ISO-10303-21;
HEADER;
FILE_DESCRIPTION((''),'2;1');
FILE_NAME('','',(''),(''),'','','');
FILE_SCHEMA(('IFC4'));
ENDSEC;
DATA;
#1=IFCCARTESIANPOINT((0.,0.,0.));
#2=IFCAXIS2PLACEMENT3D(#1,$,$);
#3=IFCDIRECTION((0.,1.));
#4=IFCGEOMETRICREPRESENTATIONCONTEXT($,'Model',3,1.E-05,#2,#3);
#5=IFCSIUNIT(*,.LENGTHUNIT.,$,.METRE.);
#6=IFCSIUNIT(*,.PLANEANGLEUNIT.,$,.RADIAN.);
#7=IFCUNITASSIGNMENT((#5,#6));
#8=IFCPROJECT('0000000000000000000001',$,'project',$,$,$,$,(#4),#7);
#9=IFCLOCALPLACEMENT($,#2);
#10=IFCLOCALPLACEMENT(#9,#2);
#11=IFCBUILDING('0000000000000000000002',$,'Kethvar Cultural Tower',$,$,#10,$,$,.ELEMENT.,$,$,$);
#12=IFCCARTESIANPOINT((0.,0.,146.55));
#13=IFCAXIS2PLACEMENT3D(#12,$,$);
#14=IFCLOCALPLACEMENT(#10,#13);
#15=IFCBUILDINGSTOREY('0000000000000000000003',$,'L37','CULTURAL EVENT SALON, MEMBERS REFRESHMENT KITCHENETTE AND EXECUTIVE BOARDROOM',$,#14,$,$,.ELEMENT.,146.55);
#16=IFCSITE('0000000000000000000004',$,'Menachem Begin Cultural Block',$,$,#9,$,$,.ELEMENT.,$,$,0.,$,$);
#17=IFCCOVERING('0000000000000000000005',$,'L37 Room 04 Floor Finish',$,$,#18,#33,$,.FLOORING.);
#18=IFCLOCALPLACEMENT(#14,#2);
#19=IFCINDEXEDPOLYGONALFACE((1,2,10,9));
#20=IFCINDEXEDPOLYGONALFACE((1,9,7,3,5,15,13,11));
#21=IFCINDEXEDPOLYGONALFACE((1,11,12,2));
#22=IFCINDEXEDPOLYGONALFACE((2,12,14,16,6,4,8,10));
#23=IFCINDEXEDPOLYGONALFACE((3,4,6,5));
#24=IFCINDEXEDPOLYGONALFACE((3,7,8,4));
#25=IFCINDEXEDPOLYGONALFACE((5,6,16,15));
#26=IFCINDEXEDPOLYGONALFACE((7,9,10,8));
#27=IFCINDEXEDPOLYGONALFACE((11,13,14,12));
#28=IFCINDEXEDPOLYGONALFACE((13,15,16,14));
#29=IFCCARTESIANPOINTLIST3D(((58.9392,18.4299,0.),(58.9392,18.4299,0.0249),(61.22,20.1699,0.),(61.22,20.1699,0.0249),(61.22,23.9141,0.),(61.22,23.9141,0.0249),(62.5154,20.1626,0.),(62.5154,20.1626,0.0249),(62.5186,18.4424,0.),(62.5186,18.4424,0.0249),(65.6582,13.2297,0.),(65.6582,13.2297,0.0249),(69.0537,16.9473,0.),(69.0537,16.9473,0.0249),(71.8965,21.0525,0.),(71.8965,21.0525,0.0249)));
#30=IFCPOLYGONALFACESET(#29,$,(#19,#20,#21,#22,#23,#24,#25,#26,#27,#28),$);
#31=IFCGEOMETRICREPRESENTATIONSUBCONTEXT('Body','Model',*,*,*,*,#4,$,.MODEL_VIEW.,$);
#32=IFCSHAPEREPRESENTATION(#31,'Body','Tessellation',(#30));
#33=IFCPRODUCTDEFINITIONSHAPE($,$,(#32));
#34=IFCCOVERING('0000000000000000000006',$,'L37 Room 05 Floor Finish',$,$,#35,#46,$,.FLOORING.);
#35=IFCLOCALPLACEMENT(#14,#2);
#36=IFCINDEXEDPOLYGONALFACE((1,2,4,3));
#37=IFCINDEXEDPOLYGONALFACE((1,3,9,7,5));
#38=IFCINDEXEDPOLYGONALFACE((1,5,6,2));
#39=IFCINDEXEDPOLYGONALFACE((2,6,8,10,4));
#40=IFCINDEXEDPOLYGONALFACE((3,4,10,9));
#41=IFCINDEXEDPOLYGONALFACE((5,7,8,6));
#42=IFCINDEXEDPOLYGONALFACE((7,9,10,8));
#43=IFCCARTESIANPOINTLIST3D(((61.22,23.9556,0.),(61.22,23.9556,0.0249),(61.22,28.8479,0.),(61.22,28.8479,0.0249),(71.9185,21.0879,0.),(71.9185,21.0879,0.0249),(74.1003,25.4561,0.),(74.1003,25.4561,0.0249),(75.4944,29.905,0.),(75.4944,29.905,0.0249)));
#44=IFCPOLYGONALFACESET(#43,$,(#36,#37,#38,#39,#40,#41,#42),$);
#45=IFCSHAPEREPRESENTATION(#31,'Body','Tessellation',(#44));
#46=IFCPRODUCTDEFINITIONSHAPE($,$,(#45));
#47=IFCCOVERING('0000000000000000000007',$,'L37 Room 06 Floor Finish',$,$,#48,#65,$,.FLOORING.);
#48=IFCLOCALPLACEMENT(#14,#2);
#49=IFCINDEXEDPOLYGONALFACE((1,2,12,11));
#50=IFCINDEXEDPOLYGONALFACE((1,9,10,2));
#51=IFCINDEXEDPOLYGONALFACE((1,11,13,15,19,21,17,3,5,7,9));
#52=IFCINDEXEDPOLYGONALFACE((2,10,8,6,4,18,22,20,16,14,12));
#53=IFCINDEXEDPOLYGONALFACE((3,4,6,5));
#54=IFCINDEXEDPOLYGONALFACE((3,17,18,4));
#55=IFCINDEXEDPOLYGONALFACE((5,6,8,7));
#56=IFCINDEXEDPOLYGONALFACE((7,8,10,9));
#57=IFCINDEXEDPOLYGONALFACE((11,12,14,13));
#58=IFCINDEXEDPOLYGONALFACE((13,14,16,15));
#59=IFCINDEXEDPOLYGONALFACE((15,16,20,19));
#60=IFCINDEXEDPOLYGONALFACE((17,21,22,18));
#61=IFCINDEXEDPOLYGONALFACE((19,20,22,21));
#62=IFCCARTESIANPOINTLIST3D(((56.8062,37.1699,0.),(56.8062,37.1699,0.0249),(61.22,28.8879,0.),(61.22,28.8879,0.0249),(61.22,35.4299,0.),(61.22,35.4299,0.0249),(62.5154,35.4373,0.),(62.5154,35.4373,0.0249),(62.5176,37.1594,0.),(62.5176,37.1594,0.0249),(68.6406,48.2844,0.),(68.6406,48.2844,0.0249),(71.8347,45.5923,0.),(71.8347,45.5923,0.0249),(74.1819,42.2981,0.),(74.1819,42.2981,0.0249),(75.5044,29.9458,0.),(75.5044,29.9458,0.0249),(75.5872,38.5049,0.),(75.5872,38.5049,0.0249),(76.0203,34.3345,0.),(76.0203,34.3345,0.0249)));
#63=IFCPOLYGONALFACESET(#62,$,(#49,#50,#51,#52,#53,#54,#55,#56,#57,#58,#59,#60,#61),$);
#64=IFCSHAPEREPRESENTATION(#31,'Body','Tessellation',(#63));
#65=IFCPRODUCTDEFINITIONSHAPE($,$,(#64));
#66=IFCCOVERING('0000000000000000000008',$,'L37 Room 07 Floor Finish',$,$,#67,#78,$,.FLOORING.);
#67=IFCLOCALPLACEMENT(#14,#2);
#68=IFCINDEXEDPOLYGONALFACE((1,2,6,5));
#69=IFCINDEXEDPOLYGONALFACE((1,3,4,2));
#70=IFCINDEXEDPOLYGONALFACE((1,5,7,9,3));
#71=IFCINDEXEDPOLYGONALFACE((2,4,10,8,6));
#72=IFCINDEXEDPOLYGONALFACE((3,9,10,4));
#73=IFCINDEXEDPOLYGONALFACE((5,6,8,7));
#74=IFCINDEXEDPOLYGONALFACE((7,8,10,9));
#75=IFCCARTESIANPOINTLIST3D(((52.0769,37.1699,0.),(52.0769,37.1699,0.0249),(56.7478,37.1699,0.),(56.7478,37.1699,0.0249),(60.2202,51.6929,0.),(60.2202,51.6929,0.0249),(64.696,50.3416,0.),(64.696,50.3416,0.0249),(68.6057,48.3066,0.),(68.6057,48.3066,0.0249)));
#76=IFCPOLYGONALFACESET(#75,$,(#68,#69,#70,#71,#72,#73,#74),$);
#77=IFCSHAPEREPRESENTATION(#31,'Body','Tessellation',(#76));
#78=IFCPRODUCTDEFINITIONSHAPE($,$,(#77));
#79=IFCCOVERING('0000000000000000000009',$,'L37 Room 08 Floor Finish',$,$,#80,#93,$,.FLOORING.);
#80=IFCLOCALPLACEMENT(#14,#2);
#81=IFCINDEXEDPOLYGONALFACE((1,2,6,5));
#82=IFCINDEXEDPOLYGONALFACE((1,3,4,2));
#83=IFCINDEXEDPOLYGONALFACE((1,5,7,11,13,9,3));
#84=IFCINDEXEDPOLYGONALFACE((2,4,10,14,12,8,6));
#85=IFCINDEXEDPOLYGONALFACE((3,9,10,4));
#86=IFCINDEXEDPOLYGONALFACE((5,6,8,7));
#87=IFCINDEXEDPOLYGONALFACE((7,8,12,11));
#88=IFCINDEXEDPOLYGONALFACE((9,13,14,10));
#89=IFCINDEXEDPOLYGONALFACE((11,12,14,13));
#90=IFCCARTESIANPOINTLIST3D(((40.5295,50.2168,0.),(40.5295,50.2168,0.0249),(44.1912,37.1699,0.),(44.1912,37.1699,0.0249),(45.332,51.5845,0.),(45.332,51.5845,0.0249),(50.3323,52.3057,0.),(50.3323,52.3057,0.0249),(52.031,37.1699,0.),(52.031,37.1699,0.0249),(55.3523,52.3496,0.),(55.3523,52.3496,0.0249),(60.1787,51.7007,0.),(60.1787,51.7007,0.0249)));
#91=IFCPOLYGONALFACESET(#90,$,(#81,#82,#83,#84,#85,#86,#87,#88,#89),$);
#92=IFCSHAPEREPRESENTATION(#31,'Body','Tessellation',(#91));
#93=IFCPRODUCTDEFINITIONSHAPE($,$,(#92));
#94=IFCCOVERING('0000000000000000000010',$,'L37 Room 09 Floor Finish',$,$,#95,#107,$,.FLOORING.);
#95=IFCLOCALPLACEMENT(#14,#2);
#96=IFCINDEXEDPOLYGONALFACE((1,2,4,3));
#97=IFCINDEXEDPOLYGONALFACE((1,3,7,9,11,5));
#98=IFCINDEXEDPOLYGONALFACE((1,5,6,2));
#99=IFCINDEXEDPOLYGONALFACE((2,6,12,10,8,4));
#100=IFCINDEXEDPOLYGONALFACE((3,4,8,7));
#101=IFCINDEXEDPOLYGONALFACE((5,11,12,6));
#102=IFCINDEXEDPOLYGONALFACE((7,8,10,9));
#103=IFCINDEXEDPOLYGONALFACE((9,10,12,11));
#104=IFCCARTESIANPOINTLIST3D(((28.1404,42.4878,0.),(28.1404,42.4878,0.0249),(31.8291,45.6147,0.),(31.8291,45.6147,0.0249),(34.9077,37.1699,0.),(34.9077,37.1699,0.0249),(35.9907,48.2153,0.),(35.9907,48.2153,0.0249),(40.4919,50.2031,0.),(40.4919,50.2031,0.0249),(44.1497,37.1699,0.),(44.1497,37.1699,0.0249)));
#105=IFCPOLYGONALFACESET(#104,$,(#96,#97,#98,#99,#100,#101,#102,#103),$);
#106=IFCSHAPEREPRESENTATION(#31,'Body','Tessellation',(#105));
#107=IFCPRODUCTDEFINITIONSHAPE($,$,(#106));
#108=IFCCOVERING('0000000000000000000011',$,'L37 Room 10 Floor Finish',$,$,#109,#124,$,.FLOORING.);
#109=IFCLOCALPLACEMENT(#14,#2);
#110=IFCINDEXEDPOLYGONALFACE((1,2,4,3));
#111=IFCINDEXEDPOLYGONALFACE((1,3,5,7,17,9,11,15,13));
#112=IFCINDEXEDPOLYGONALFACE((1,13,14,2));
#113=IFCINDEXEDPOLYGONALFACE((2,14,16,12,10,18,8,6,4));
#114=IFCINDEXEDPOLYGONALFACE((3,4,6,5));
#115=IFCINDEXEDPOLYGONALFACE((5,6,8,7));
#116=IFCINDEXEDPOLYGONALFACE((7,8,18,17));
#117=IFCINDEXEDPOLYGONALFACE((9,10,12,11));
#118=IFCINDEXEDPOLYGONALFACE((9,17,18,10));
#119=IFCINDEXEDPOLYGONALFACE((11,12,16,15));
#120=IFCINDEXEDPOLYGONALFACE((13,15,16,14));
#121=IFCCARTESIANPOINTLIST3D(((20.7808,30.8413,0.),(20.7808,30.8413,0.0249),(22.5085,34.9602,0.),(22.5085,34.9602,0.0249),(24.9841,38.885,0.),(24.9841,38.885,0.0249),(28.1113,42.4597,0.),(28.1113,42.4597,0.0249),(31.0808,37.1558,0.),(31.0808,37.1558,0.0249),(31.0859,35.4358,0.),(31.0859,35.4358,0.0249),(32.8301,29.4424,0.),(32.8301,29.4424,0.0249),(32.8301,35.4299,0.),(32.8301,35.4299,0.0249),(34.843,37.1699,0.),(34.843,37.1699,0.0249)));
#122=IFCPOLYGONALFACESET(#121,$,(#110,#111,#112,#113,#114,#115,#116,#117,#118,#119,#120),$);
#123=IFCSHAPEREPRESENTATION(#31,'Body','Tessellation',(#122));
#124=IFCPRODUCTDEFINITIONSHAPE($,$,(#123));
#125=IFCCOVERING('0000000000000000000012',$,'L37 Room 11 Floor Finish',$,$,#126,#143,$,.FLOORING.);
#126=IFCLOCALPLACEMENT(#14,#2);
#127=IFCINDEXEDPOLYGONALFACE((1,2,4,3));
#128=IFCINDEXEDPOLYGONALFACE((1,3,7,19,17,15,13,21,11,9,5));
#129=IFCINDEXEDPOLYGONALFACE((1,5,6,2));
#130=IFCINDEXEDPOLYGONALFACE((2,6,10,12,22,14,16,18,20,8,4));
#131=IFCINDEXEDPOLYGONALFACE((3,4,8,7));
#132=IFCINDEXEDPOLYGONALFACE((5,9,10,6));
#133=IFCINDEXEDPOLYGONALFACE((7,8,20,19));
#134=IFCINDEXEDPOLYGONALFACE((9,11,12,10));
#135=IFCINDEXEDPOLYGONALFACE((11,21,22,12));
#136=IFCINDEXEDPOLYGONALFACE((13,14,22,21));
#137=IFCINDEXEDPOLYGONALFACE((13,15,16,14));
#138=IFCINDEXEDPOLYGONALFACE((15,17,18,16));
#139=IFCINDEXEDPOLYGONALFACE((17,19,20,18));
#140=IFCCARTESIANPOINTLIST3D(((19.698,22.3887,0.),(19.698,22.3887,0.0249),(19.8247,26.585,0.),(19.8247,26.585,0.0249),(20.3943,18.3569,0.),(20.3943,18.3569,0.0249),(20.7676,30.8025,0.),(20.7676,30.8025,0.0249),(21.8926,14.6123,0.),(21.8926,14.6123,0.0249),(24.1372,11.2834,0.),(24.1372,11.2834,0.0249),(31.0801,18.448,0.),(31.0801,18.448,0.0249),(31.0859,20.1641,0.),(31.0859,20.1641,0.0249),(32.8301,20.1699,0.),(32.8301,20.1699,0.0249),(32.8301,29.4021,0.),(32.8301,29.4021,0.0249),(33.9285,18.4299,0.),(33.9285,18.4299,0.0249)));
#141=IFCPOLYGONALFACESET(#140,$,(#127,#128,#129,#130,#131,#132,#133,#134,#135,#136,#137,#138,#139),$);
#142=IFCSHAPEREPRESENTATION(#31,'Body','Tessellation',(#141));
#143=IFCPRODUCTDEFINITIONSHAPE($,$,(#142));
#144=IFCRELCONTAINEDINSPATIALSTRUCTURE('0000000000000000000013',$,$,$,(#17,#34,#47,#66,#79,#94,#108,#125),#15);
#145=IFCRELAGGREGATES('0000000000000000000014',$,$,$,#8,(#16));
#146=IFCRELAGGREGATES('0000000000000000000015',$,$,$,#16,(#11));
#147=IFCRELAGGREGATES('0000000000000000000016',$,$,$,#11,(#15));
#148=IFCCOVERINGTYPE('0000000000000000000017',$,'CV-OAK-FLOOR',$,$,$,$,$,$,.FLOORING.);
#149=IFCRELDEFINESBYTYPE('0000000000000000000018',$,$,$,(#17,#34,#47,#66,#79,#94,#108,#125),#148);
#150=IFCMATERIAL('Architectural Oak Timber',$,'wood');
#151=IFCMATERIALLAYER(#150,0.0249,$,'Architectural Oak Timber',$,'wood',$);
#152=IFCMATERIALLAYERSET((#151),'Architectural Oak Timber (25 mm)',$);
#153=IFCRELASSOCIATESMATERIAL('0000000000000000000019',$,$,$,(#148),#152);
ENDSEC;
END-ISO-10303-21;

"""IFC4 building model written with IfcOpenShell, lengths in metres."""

from ifc_helpers import new_model, si_unit, direction, frame, origin, place, context, subcontext, project, spatial, polyline, outline, extrude, material, layer, layer_set, type_object, element, save


model = new_model("IFC4")

# Units and contexts
model_context = context("Model", 3, precision=1e-05, world=origin(), true_north=direction((0.0, 1.0)))
body_context = subcontext(model_context, "Body", "Model", "MODEL_VIEW")
ifc_project = project(units=[si_unit("LENGTHUNIT", "METRE"), si_unit("PLANEANGLEUNIT", "RADIAN")], contexts=[model_context])

# Site, building, storey
site_placement = place(None, origin())
site = spatial("IfcSite", under=ifc_project, at=site_placement, Name="Menachem Begin Cultural Block", CompositionType="ELEMENT", RefElevation=0.0)
building_placement = place(site_placement, origin())
building = spatial("IfcBuilding", under=site, at=building_placement, Name="Kethvar Cultural Tower", CompositionType="ELEMENT")
storey_placement = place(building_placement, frame((0.0, 0.0, 146.55)))
storey = spatial("IfcBuildingStorey", under=building, at=storey_placement, Name="L37", Description="CULTURAL EVENT SALON, MEMBERS REFRESHMENT KITCHENETTE AND EXECUTIVE BOARDROOM", CompositionType="ELEMENT", Elevation=146.55)

# Coverings
ifc_material_1 = material(Name="Architectural Oak Timber", Category="wood")
ifc_layer_1 = layer(ifc_material_1, 0.0249, Name="Architectural Oak Timber", Category="wood")
ifc_layer_set_1 = layer_set([ifc_layer_1], Name="Architectural Oak Timber (25 mm)")
covering_type_1 = type_object("IfcCoveringType", Name="CV-OAK-FLOOR", PredefinedType="FLOORING", material=ifc_layer_set_1)
covering_1_placement = place(storey_placement, origin())
element("IfcCovering", 1, at=covering_1_placement, inside=storey, type_object=covering_type_1, Name="L37 Room 04 Floor Finish", PredefinedType="FLOORING", context=body_context, shape_type="SweptSolid", body=[
    extrude(outline(polyline([(69.0537, 16.9473), (65.6582, 13.2297), (58.9392, 18.4299), (62.5186, 18.4424), (62.5154, 20.1626), (61.22, 20.1699), (61.22, 23.9141), (71.8965, 21.0525), (69.0537, 16.9473)])), origin(), (0.0, 0.0, 1.0), 0.0249),
])
covering_2_placement = place(storey_placement, origin())
element("IfcCovering", 2, at=covering_2_placement, inside=storey, type_object=covering_type_1, Name="L37 Room 05 Floor Finish", PredefinedType="FLOORING", context=body_context, shape_type="SweptSolid", body=[
    extrude(outline(polyline([(74.1003, 25.4561), (71.9185, 21.0879), (61.22, 23.9556), (61.22, 28.8479), (75.4944, 29.905), (74.1003, 25.4561)])), origin(), (0.0, 0.0, 1.0), 0.0249),
])
covering_3_placement = place(storey_placement, origin())
element("IfcCovering", 3, at=covering_3_placement, inside=storey, type_object=covering_type_1, Name="L37 Room 06 Floor Finish", PredefinedType="FLOORING", context=body_context, shape_type="SweptSolid", body=[
    extrude(outline(polyline([(76.0203, 34.3345), (75.5044, 29.9458), (61.22, 28.8879), (61.22, 35.4299), (62.5154, 35.4373), (62.5176, 37.1594), (56.8062, 37.1699), (68.6406, 48.2844), (71.8347, 45.5923), (74.1819, 42.2981), (75.5872, 38.5049), (76.0203, 34.3345)])), origin(), (0.0, 0.0, 1.0), 0.0249),
])
covering_4_placement = place(storey_placement, origin())
element("IfcCovering", 4, at=covering_4_placement, inside=storey, type_object=covering_type_1, Name="L37 Room 07 Floor Finish", PredefinedType="FLOORING", context=body_context, shape_type="SweptSolid", body=[
    extrude(outline(polyline([(60.2202, 51.6929), (64.696, 50.3416), (68.6057, 48.3066), (56.7478, 37.1699), (52.0769, 37.1699), (60.2202, 51.6929)])), origin(), (0.0, 0.0, 1.0), 0.0249),
])
covering_5_placement = place(storey_placement, origin())
element("IfcCovering", 5, at=covering_5_placement, inside=storey, type_object=covering_type_1, Name="L37 Room 08 Floor Finish", PredefinedType="FLOORING", context=body_context, shape_type="SweptSolid", body=[
    extrude(outline(polyline([(45.332, 51.5845), (50.3323, 52.3057), (55.3523, 52.3496), (60.1787, 51.7007), (52.031, 37.1699), (44.1912, 37.1699), (40.5295, 50.2168), (45.332, 51.5845)])), origin(), (0.0, 0.0, 1.0), 0.0249),
])
covering_6_placement = place(storey_placement, origin())
element("IfcCovering", 6, at=covering_6_placement, inside=storey, type_object=covering_type_1, Name="L37 Room 09 Floor Finish", PredefinedType="FLOORING", context=body_context, shape_type="SweptSolid", body=[
    extrude(outline(polyline([(28.1404, 42.4878), (31.8291, 45.6147), (35.9907, 48.2153), (40.4919, 50.2031), (44.1497, 37.1699), (34.9077, 37.1699), (28.1404, 42.4878)])), origin(), (0.0, 0.0, 1.0), 0.0249),
])
covering_7_placement = place(storey_placement, origin())
element("IfcCovering", 7, at=covering_7_placement, inside=storey, type_object=covering_type_1, Name="L37 Room 10 Floor Finish", PredefinedType="FLOORING", context=body_context, shape_type="SweptSolid", body=[
    extrude(outline(polyline([(22.5085, 34.9602), (24.9841, 38.885), (28.1113, 42.4597), (34.843, 37.1699), (31.0808, 37.1558), (31.0859, 35.4358), (32.8301, 35.4299), (32.8301, 29.4424), (20.7808, 30.8413), (22.5085, 34.9602)])), origin(), (0.0, 0.0, 1.0), 0.0249),
])
covering_8_placement = place(storey_placement, origin())
element("IfcCovering", 8, at=covering_8_placement, inside=storey, type_object=covering_type_1, Name="L37 Room 11 Floor Finish", PredefinedType="FLOORING", context=body_context, shape_type="SweptSolid", body=[
    extrude(outline(polyline([(21.8926, 14.6123), (20.3943, 18.3569), (19.698, 22.3887), (19.8247, 26.585), (20.7676, 30.8025), (32.8301, 29.4021), (32.8301, 20.1699), (31.0859, 20.1641), (31.0801, 18.448), (33.9285, 18.4299), (24.1372, 11.2834), (21.8926, 14.6123)])), origin(), (0.0, 0.0, 1.0), 0.0249),
])

save(model, "model.ifc")
